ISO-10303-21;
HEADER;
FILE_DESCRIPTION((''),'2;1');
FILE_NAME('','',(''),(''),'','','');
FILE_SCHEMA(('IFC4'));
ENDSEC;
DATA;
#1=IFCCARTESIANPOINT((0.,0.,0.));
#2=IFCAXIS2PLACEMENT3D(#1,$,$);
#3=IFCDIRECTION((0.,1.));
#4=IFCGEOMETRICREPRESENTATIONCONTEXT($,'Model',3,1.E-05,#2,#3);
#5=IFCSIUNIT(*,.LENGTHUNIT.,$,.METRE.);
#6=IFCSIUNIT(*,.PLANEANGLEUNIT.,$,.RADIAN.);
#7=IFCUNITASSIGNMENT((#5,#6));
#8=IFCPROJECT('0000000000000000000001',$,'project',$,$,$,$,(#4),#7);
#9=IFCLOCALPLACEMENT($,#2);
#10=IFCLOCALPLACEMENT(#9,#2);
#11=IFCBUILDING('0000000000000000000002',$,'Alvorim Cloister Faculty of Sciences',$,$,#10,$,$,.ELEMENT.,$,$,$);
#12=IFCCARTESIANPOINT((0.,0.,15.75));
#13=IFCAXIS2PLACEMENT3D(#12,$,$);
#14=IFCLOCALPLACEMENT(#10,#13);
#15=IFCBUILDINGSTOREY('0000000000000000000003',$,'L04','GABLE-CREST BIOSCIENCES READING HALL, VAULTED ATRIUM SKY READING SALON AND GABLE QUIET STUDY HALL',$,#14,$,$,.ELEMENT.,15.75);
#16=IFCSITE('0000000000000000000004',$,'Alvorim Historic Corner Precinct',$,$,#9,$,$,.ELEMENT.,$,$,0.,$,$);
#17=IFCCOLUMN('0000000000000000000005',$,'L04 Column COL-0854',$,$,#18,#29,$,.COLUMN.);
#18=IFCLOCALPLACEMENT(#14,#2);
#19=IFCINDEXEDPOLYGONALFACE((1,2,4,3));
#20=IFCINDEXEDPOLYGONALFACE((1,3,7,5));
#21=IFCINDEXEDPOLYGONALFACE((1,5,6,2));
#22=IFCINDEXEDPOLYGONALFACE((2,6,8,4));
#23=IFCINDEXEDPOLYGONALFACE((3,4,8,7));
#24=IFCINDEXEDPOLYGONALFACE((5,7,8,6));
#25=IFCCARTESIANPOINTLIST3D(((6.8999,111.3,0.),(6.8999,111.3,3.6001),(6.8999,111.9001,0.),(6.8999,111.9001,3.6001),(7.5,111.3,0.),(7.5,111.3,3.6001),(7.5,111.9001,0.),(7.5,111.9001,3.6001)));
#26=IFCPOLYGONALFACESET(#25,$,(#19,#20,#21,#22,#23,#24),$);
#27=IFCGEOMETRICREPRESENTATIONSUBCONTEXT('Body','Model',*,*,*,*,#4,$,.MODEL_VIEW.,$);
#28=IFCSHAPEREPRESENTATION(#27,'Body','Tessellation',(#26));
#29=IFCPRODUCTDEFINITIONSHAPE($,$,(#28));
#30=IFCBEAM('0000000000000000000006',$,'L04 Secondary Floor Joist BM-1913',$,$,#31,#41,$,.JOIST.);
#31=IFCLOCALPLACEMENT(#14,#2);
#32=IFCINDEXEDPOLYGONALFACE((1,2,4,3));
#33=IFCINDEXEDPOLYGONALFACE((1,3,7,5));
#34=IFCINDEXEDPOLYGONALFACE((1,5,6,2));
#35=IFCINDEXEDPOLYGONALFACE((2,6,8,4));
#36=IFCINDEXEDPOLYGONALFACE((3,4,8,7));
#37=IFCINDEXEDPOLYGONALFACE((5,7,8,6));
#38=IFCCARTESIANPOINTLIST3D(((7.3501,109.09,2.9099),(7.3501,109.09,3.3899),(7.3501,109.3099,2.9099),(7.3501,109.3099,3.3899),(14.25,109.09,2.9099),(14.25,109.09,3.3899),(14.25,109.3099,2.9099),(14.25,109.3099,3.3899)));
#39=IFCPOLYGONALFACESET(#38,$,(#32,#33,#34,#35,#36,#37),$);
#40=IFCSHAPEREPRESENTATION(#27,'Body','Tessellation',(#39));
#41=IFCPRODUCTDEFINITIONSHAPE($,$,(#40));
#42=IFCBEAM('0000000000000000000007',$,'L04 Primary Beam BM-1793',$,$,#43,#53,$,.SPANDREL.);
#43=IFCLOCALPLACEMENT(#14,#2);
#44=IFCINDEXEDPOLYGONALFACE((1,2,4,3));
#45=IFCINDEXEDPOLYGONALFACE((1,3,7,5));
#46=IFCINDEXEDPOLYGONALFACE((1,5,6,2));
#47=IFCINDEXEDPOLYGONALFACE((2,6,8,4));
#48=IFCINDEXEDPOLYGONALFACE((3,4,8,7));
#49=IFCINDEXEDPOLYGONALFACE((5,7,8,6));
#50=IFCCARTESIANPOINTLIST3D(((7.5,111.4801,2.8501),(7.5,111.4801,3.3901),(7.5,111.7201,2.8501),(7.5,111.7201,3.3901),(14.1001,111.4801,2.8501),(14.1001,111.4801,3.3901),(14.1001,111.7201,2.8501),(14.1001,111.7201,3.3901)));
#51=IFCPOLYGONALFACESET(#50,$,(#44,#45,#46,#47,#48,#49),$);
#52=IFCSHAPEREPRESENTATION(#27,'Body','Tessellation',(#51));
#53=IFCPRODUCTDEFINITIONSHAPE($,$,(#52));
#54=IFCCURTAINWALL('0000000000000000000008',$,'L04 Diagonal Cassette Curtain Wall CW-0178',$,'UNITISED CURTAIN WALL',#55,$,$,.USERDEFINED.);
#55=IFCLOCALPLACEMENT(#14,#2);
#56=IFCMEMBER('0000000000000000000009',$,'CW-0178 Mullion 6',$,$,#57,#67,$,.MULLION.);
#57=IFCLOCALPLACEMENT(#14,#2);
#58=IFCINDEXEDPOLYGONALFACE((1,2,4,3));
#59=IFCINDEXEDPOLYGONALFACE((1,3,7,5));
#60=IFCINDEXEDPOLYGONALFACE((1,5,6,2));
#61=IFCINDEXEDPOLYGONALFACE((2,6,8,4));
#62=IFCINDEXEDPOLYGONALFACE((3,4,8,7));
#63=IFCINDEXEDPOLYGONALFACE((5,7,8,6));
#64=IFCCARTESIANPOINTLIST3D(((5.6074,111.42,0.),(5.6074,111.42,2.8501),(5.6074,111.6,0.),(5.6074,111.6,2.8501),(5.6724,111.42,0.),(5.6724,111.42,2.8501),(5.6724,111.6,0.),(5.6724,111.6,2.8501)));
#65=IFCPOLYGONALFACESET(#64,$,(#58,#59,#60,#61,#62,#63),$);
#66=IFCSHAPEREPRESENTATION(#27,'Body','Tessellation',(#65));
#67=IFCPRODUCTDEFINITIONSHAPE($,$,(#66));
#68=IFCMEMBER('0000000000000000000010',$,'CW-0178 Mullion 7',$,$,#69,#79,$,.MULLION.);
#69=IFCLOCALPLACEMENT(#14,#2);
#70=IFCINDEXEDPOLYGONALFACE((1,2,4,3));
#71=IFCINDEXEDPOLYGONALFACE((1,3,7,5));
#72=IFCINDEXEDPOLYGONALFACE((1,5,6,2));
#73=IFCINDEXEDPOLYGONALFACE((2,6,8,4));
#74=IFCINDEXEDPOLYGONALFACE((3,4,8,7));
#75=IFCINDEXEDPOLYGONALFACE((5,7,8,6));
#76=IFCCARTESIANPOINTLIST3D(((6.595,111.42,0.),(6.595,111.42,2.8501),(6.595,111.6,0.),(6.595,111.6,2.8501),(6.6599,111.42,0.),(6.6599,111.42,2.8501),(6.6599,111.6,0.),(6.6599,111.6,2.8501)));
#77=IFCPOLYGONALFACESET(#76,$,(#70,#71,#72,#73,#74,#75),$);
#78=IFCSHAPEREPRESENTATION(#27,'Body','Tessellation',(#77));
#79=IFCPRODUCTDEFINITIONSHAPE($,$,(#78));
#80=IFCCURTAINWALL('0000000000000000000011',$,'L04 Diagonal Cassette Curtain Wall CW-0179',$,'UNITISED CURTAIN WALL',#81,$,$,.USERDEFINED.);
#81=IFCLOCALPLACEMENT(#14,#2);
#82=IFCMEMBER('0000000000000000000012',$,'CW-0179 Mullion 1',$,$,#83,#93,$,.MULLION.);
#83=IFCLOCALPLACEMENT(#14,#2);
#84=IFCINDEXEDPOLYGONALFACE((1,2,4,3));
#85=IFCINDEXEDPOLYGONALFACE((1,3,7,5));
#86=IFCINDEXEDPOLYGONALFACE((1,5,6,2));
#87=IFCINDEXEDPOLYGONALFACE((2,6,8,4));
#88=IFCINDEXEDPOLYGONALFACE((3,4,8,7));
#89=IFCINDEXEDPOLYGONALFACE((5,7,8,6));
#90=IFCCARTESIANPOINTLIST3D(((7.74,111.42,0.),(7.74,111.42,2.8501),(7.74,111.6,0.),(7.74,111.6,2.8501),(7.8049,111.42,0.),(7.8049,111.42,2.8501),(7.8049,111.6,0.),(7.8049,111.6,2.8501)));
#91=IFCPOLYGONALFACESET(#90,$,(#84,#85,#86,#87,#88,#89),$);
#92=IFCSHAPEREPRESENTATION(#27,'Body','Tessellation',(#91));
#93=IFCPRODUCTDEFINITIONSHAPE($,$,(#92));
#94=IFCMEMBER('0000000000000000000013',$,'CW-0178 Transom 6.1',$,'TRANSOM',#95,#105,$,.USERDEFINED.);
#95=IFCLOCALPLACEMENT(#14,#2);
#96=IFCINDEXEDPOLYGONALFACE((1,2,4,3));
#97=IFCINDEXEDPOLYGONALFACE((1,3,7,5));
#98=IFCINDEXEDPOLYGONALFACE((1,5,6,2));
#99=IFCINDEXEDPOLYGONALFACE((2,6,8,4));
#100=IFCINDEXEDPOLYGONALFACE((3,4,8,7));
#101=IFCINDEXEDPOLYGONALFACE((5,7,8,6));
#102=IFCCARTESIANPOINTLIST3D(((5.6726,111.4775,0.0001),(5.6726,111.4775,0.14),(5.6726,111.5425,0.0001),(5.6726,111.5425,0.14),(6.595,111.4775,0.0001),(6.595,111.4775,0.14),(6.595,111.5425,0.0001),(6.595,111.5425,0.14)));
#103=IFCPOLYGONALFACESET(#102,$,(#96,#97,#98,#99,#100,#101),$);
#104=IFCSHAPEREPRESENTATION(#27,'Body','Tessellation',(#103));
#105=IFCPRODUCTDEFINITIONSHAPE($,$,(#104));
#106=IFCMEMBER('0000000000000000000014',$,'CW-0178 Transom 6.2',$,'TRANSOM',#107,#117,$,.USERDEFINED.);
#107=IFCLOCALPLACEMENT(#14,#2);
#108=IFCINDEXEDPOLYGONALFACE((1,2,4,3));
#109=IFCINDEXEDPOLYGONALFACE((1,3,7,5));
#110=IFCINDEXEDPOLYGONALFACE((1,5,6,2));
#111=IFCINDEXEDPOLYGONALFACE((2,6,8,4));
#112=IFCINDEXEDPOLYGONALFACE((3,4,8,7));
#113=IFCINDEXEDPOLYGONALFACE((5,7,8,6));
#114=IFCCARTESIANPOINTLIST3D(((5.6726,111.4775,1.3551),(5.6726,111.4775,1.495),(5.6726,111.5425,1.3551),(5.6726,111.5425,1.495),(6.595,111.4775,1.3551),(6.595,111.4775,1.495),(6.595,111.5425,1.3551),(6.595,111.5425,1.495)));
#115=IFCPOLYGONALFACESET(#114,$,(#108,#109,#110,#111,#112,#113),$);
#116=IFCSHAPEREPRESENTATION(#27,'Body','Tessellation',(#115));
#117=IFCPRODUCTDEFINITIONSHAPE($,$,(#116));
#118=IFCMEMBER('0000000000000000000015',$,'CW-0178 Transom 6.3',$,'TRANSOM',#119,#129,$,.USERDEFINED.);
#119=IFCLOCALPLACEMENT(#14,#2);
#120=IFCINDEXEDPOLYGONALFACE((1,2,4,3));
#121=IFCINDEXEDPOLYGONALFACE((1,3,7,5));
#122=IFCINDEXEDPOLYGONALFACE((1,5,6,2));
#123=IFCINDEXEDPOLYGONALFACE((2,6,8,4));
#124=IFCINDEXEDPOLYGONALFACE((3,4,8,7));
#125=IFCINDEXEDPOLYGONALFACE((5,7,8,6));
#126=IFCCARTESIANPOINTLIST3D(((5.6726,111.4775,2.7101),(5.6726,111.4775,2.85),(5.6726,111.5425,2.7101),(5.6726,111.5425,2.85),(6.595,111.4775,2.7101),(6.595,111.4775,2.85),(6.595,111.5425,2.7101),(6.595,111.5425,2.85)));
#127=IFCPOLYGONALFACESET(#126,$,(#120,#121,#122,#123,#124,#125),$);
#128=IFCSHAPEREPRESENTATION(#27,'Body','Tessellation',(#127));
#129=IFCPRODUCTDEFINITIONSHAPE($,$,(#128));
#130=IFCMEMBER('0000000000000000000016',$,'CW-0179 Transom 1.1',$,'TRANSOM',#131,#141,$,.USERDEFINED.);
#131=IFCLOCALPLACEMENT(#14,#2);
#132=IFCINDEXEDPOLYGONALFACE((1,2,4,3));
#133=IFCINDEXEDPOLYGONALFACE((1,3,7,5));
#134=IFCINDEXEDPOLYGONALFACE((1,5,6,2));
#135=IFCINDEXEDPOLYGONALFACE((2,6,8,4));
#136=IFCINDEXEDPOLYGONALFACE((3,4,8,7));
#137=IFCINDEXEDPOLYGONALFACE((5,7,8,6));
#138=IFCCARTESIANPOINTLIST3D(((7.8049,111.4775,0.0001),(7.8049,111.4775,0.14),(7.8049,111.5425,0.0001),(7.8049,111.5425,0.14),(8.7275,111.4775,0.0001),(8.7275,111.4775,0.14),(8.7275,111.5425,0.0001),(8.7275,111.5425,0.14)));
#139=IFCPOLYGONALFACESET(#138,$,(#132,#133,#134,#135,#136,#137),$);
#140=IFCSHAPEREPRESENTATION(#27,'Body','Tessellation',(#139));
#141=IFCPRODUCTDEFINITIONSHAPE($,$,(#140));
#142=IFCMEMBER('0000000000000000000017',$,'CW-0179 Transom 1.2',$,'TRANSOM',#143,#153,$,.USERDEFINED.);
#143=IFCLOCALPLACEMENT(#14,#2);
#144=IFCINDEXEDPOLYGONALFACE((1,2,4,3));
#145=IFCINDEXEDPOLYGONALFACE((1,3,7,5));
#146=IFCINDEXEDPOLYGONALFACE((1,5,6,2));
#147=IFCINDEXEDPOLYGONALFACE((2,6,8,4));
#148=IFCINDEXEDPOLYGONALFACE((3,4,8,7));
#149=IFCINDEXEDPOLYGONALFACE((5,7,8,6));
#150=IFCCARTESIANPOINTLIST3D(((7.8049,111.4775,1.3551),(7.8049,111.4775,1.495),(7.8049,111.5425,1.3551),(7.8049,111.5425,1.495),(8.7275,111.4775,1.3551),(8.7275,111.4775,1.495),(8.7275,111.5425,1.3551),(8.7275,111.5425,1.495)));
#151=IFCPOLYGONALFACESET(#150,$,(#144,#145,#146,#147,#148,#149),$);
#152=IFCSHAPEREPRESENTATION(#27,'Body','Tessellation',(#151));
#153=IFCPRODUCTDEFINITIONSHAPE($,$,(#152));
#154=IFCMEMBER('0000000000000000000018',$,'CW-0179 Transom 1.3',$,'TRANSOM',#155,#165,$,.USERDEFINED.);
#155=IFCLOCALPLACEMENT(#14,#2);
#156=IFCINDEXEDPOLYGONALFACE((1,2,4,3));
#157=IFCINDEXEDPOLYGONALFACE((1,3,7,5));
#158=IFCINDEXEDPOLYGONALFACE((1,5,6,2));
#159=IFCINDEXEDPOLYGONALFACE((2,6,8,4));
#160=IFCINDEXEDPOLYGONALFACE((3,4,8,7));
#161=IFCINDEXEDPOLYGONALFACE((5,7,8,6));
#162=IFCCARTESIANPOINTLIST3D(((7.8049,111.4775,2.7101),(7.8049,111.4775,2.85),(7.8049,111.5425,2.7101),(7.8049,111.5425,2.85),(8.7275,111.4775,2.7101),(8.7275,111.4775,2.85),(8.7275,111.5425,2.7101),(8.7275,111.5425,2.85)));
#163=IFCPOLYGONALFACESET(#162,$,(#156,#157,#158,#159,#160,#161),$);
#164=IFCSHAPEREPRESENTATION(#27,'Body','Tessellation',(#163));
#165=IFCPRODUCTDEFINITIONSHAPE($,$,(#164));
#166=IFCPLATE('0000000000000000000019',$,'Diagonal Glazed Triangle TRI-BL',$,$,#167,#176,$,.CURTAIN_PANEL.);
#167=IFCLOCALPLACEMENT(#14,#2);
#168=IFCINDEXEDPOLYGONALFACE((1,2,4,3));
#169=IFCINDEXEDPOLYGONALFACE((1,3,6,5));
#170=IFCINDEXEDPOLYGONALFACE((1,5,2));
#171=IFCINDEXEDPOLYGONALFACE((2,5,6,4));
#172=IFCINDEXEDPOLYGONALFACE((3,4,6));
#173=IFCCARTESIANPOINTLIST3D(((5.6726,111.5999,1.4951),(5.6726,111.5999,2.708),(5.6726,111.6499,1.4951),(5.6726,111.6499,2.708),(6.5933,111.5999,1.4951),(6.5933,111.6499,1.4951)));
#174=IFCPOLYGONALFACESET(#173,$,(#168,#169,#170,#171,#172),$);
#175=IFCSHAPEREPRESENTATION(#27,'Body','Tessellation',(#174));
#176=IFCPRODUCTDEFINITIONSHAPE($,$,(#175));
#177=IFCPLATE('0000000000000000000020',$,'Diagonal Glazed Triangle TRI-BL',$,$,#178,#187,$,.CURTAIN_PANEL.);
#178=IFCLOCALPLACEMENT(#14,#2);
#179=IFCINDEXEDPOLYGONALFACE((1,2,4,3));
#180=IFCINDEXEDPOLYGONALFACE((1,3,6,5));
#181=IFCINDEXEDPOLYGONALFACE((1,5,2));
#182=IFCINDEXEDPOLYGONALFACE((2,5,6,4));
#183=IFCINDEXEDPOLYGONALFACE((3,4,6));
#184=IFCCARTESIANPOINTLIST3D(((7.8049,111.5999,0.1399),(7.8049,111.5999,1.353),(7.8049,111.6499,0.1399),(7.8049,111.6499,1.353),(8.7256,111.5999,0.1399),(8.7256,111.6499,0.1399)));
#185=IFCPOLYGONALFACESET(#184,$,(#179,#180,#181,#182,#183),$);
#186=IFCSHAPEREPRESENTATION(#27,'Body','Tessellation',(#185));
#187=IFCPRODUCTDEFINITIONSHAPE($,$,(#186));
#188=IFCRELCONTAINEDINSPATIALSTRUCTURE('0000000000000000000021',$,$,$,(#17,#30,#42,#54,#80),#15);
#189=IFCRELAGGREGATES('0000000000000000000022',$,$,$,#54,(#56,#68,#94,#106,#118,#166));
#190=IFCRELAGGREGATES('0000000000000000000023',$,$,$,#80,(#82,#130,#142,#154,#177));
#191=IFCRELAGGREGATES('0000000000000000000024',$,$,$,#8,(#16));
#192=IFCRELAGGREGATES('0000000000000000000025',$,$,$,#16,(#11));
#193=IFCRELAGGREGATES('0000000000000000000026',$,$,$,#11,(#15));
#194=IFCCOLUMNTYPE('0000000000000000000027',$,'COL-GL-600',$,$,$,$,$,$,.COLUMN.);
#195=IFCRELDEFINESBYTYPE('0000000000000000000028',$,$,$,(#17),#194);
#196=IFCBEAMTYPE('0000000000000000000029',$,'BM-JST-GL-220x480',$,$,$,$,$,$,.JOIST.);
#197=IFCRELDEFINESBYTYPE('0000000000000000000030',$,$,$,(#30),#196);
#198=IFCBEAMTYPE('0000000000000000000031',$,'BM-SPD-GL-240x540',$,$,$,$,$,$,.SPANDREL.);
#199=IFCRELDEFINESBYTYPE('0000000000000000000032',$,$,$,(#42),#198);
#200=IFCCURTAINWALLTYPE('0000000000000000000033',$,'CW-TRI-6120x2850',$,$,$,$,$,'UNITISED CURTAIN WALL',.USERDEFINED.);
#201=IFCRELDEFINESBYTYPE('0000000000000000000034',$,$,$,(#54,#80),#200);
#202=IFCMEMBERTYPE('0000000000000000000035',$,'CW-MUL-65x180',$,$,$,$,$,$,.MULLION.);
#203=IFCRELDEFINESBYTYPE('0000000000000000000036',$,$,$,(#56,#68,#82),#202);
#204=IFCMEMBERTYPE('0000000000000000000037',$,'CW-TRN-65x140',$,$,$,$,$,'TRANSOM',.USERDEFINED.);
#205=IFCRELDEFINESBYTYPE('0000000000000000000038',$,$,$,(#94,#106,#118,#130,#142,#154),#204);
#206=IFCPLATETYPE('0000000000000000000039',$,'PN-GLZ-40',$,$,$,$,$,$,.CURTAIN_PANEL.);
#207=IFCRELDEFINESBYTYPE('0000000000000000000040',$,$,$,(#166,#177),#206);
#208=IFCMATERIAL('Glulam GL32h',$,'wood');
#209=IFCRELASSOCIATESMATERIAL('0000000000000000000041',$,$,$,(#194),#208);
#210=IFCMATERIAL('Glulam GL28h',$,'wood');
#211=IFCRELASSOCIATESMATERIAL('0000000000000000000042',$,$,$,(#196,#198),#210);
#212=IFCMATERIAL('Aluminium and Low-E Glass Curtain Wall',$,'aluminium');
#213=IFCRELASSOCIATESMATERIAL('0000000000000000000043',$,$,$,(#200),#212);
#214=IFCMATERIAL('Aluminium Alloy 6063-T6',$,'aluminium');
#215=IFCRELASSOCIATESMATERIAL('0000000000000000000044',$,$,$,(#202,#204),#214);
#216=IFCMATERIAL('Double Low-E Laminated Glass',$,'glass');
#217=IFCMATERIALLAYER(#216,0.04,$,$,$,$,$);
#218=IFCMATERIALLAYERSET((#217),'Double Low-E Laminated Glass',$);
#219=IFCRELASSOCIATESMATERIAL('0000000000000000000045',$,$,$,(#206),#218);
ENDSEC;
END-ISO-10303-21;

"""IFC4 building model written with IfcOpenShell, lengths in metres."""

from ifc_helpers import new_model, si_unit, direction, frame, origin, origin_2d, place, context, subcontext, project, spatial, polyline, rectangle, outline, extrude, material, layer, layer_set, material_profile, profile_set, type_object, element, aggregate, save


model = new_model("IFC4")

# Units and contexts
model_context = context("Model", 3, precision=1e-05, world=origin(), true_north=direction((0.0, 1.0)))
body_context = subcontext(model_context, "Body", "Model", "MODEL_VIEW")
ifc_project = project(units=[si_unit("LENGTHUNIT", "METRE"), si_unit("PLANEANGLEUNIT", "RADIAN")], contexts=[model_context])

# Site, building, storey
site_placement = place(None, origin())
site = spatial("IfcSite", under=ifc_project, at=site_placement, Name="Alvorim Historic Corner Precinct", CompositionType="ELEMENT", RefElevation=0.0)
building_placement = place(site_placement, origin())
building = spatial("IfcBuilding", under=site, at=building_placement, Name="Alvorim Cloister Faculty of Sciences", CompositionType="ELEMENT")
storey_placement = place(building_placement, frame((0.0, 0.0, 15.75)))
storey = spatial("IfcBuildingStorey", under=building, at=storey_placement, Name="L04", Description="GABLE-CREST BIOSCIENCES READING HALL, VAULTED ATRIUM SKY READING SALON AND GABLE QUIET STUDY HALL", CompositionType="ELEMENT", Elevation=15.75)

# Column
ifc_material_1 = material(Name="Glulam GL32h", Category="wood")
ifc_material_profile_1 = material_profile(ifc_material_1, rectangle(XDim=0.6001, YDim=0.6001, at=origin_2d()), Name="GL32-COL-600x600")
ifc_profile_set_1 = profile_set([ifc_material_profile_1], Name="Glulam GL32h")
column_type = type_object("IfcColumnType", Name="COL-GL-600", PredefinedType="COLUMN", material=ifc_profile_set_1)
column_placement = place(storey_placement, frame((7.2, 111.6001, 0.0), z_axis=(0.0, 0.0, 1.0), x_axis=(1.0, 0.0, 0.0)))
element("IfcColumn", 1, at=column_placement, inside=storey, type_object=column_type, Name="L04 Column COL-0854", PredefinedType="COLUMN", context=body_context, shape_type="SweptSolid", body=[
    extrude(rectangle(XDim=0.6001, YDim=0.6001, at=origin_2d()), origin(), (0.0, 0.0, 1.0), 3.6001),
])

# Beams
ifc_material_2 = material(Name="Glulam GL28h", Category="wood")
ifc_material_profile_2 = material_profile(ifc_material_2, rectangle(XDim=0.22, YDim=0.48, at=origin_2d()), Name="GL28-JST-220x480")
ifc_profile_set_2 = profile_set([ifc_material_profile_2], Name="Glulam GL28h")
beam_type_1 = type_object("IfcBeamType", Name="BM-JST-GL-220x480", PredefinedType="JOIST", material=ifc_profile_set_2)
beam_1_placement = place(storey_placement, frame((7.3501, 109.2, 3.1499), z_axis=(1.0, 0.0, 0.0), x_axis=(0.0, 1.0, 0.0)))
element("IfcBeam", 2, at=beam_1_placement, inside=storey, type_object=beam_type_1, Name="L04 Secondary Floor Joist BM-1913", PredefinedType="JOIST", context=body_context, shape_type="SweptSolid", body=[
    extrude(rectangle(XDim=0.22, YDim=0.48, at=origin_2d()), origin(), (0.0, 0.0, 1.0), 6.8999),
])
ifc_material_profile_3 = material_profile(ifc_material_2, rectangle(XDim=0.24, YDim=0.54, at=origin_2d()), Name="GL28-SPD-240x540")
ifc_profile_set_3 = profile_set([ifc_material_profile_3], Name="Glulam GL28h")
beam_type_2 = type_object("IfcBeamType", Name="BM-SPD-GL-240x540", PredefinedType="SPANDREL", material=ifc_profile_set_3)
beam_2_placement = place(storey_placement, frame((7.5, 111.6001, 3.1201), z_axis=(1.0, 0.0, 0.0), x_axis=(0.0, 1.0, 0.0)))
element("IfcBeam", 3, at=beam_2_placement, inside=storey, type_object=beam_type_2, Name="L04 Primary Beam BM-1793", PredefinedType="SPANDREL", context=body_context, shape_type="SweptSolid", body=[
    extrude(rectangle(XDim=0.24, YDim=0.54, at=origin_2d()), origin(), (0.0, 0.0, 1.0), 6.6001),
])

# Curtain wall, members
ifc_material_3 = material(Name="Aluminium and Low-E Glass Curtain Wall", Category="aluminium")
curtain_wall_type = type_object("IfcCurtainWallType", Name="CW-TRI-6120x2850", ElementType="UNITISED CURTAIN WALL", PredefinedType="USERDEFINED", material=ifc_material_3)
curtain_wall_1_placement = place(storey_placement, origin())
curtain_wall_1 = element("IfcCurtainWall", 4, at=curtain_wall_1_placement, inside=storey, type_object=curtain_wall_type, Name="L04 Diagonal Cassette Curtain Wall CW-0178", ObjectType="UNITISED CURTAIN WALL", PredefinedType="USERDEFINED")
ifc_material_4 = material(Name="Aluminium Alloy 6063-T6", Category="aluminium")
ifc_material_profile_4 = material_profile(ifc_material_4, rectangle(XDim=0.0649, YDim=0.1799, at=origin_2d()), Name="ALU-MUL-65x180")
ifc_profile_set_4 = profile_set([ifc_material_profile_4], Name="Aluminium Alloy 6063-T6")
member_type_1 = type_object("IfcMemberType", Name="CW-MUL-65x180", PredefinedType="MULLION", material=ifc_profile_set_4)
member_1_placement = place(storey_placement, frame((5.6399, 111.51, 0.0), z_axis=(0.0, 0.0, 1.0), x_axis=(1.0, 0.0, 0.0)))
member_1 = element("IfcMember", 5, at=member_1_placement, type_object=member_type_1, Name="CW-0178 Mullion 6", PredefinedType="MULLION", context=body_context, shape_type="SweptSolid", body=[
    extrude(rectangle(XDim=0.0649, YDim=0.1799, at=origin_2d()), origin(), (0.0, 0.0, 1.0), 2.8501),
])
member_2_placement = place(storey_placement, frame((6.6274, 111.51, 0.0), z_axis=(0.0, 0.0, 1.0), x_axis=(1.0, 0.0, 0.0)))
member_2 = element("IfcMember", 6, at=member_2_placement, type_object=member_type_1, Name="CW-0178 Mullion 7", PredefinedType="MULLION", context=body_context, shape_type="SweptSolid", body=[
    extrude(rectangle(XDim=0.0649, YDim=0.1799, at=origin_2d()), origin(), (0.0, 0.0, 1.0), 2.8501),
])

# Curtain wall, member
curtain_wall_2_placement = place(storey_placement, origin())
curtain_wall_2 = element("IfcCurtainWall", 7, at=curtain_wall_2_placement, inside=storey, type_object=curtain_wall_type, Name="L04 Diagonal Cassette Curtain Wall CW-0179", ObjectType="UNITISED CURTAIN WALL", PredefinedType="USERDEFINED")
member_3_placement = place(storey_placement, frame((7.7725, 111.51, 0.0), z_axis=(0.0, 0.0, 1.0), x_axis=(1.0, 0.0, 0.0)))
member_3 = element("IfcMember", 8, at=member_3_placement, type_object=member_type_1, Name="CW-0179 Mullion 1", PredefinedType="MULLION", context=body_context, shape_type="SweptSolid", body=[
    extrude(rectangle(XDim=0.0649, YDim=0.1799, at=origin_2d()), origin(), (0.0, 0.0, 1.0), 2.8501),
])

# Members
ifc_material_profile_5 = material_profile(ifc_material_4, rectangle(XDim=0.0649, YDim=0.1399, at=origin_2d()), Name="ALU-TRN-65x140")
ifc_profile_set_5 = profile_set([ifc_material_profile_5], Name="Aluminium Alloy 6063-T6")
member_type_2 = type_object("IfcMemberType", Name="CW-TRN-65x140", ElementType="TRANSOM", PredefinedType="USERDEFINED", material=ifc_profile_set_5)
member_4_placement = place(storey_placement, frame((5.6726, 111.51, 0.0701), z_axis=(1.0, 0.0, 0.0), x_axis=(0.0, 1.0, 0.0)))
member_4 = element("IfcMember", 9, at=member_4_placement, type_object=member_type_2, Name="CW-0178 Transom 6.1", ObjectType="TRANSOM", PredefinedType="USERDEFINED", context=body_context, shape_type="SweptSolid", body=[
    extrude(rectangle(XDim=0.0649, YDim=0.1399, at=origin_2d()), origin(), (0.0, 0.0, 1.0), 0.9224),
])
member_5_placement = place(storey_placement, frame((5.6726, 111.51, 1.425), z_axis=(1.0, 0.0, 0.0), x_axis=(0.0, 1.0, 0.0)))
member_5 = element("IfcMember", 10, at=member_5_placement, type_object=member_type_2, Name="CW-0178 Transom 6.2", ObjectType="TRANSOM", PredefinedType="USERDEFINED", context=body_context, shape_type="SweptSolid", body=[
    extrude(rectangle(XDim=0.0649, YDim=0.1399, at=origin_2d()), origin(), (0.0, 0.0, 1.0), 0.9224),
])
member_6_placement = place(storey_placement, frame((5.6726, 111.51, 2.78), z_axis=(1.0, 0.0, 0.0), x_axis=(0.0, 1.0, 0.0)))
member_6 = element("IfcMember", 11, at=member_6_placement, type_object=member_type_2, Name="CW-0178 Transom 6.3", ObjectType="TRANSOM", PredefinedType="USERDEFINED", context=body_context, shape_type="SweptSolid", body=[
    extrude(rectangle(XDim=0.0649, YDim=0.1399, at=origin_2d()), origin(), (0.0, 0.0, 1.0), 0.9224),
])
member_7_placement = place(storey_placement, frame((7.8049, 111.51, 0.0701), z_axis=(1.0, 0.0, 0.0), x_axis=(0.0, 1.0, 0.0)))
member_7 = element("IfcMember", 12, at=member_7_placement, type_object=member_type_2, Name="CW-0179 Transom 1.1", ObjectType="TRANSOM", PredefinedType="USERDEFINED", context=body_context, shape_type="SweptSolid", body=[
    extrude(rectangle(XDim=0.0649, YDim=0.1399, at=origin_2d()), origin(), (0.0, 0.0, 1.0), 0.9226),
])
member_8_placement = place(storey_placement, frame((7.8049, 111.51, 1.425), z_axis=(1.0, 0.0, 0.0), x_axis=(0.0, 1.0, 0.0)))
member_8 = element("IfcMember", 13, at=member_8_placement, type_object=member_type_2, Name="CW-0179 Transom 1.2", ObjectType="TRANSOM", PredefinedType="USERDEFINED", context=body_context, shape_type="SweptSolid", body=[
    extrude(rectangle(XDim=0.0649, YDim=0.1399, at=origin_2d()), origin(), (0.0, 0.0, 1.0), 0.9226),
])
member_9_placement = place(storey_placement, frame((7.8049, 111.51, 2.78), z_axis=(1.0, 0.0, 0.0), x_axis=(0.0, 1.0, 0.0)))
member_9 = element("IfcMember", 14, at=member_9_placement, type_object=member_type_2, Name="CW-0179 Transom 1.3", ObjectType="TRANSOM", PredefinedType="USERDEFINED", context=body_context, shape_type="SweptSolid", body=[
    extrude(rectangle(XDim=0.0649, YDim=0.1399, at=origin_2d()), origin(), (0.0, 0.0, 1.0), 0.9226),
])

# Plates
ifc_material_5 = material(Name="Double Low-E Laminated Glass", Category="glass")
ifc_layer_1 = layer(ifc_material_5, 0.04)
ifc_layer_set_1 = layer_set([ifc_layer_1], Name="Double Low-E Laminated Glass")
plate_type = type_object("IfcPlateType", Name="PN-GLZ-40", PredefinedType="CURTAIN_PANEL", material=ifc_layer_set_1)
plate_1_placement = place(storey_placement, frame((5.6726, 111.625, 1.4951), z_axis=(0.0, 0.0, 1.0), x_axis=(1.0, 0.0, 0.0)))
plate_1 = element("IfcPlate", 15, at=plate_1_placement, type_object=plate_type, Name="Diagonal Glazed Triangle TRI-BL", PredefinedType="CURTAIN_PANEL", context=body_context, shape_type="SweptSolid", body=[
    extrude(outline(polyline([(0.0, 0.0), (0.9207, 0.0), (0.0, 1.2129), (0.0, 0.0)])), frame((0.0, 0.0249, 0.0), z_axis=(0.0, -1.0, 0.0), x_axis=(1.0, 0.0, 0.0)), (0.0, 0.0, 1.0), 0.05),
])
aggregate(curtain_wall_1, [member_1, member_2, member_4, member_5, member_6, plate_1])
plate_2_placement = place(storey_placement, frame((7.8049, 111.625, 0.1399), z_axis=(0.0, 0.0, 1.0), x_axis=(1.0, 0.0, 0.0)))
plate_2 = element("IfcPlate", 16, at=plate_2_placement, type_object=plate_type, Name="Diagonal Glazed Triangle TRI-BL", PredefinedType="CURTAIN_PANEL", context=body_context, shape_type="SweptSolid", body=[
    extrude(outline(polyline([(0.0, 0.0), (0.9207, 0.0), (0.0, 1.2131), (0.0, 0.0)])), frame((0.0, 0.0249, 0.0), z_axis=(0.0, -1.0, 0.0), x_axis=(1.0, 0.0, 0.0)), (0.0, 0.0, 1.0), 0.05),
])
aggregate(curtain_wall_2, [member_3, member_7, member_8, member_9, plate_2])

save(model, "model.ifc")
